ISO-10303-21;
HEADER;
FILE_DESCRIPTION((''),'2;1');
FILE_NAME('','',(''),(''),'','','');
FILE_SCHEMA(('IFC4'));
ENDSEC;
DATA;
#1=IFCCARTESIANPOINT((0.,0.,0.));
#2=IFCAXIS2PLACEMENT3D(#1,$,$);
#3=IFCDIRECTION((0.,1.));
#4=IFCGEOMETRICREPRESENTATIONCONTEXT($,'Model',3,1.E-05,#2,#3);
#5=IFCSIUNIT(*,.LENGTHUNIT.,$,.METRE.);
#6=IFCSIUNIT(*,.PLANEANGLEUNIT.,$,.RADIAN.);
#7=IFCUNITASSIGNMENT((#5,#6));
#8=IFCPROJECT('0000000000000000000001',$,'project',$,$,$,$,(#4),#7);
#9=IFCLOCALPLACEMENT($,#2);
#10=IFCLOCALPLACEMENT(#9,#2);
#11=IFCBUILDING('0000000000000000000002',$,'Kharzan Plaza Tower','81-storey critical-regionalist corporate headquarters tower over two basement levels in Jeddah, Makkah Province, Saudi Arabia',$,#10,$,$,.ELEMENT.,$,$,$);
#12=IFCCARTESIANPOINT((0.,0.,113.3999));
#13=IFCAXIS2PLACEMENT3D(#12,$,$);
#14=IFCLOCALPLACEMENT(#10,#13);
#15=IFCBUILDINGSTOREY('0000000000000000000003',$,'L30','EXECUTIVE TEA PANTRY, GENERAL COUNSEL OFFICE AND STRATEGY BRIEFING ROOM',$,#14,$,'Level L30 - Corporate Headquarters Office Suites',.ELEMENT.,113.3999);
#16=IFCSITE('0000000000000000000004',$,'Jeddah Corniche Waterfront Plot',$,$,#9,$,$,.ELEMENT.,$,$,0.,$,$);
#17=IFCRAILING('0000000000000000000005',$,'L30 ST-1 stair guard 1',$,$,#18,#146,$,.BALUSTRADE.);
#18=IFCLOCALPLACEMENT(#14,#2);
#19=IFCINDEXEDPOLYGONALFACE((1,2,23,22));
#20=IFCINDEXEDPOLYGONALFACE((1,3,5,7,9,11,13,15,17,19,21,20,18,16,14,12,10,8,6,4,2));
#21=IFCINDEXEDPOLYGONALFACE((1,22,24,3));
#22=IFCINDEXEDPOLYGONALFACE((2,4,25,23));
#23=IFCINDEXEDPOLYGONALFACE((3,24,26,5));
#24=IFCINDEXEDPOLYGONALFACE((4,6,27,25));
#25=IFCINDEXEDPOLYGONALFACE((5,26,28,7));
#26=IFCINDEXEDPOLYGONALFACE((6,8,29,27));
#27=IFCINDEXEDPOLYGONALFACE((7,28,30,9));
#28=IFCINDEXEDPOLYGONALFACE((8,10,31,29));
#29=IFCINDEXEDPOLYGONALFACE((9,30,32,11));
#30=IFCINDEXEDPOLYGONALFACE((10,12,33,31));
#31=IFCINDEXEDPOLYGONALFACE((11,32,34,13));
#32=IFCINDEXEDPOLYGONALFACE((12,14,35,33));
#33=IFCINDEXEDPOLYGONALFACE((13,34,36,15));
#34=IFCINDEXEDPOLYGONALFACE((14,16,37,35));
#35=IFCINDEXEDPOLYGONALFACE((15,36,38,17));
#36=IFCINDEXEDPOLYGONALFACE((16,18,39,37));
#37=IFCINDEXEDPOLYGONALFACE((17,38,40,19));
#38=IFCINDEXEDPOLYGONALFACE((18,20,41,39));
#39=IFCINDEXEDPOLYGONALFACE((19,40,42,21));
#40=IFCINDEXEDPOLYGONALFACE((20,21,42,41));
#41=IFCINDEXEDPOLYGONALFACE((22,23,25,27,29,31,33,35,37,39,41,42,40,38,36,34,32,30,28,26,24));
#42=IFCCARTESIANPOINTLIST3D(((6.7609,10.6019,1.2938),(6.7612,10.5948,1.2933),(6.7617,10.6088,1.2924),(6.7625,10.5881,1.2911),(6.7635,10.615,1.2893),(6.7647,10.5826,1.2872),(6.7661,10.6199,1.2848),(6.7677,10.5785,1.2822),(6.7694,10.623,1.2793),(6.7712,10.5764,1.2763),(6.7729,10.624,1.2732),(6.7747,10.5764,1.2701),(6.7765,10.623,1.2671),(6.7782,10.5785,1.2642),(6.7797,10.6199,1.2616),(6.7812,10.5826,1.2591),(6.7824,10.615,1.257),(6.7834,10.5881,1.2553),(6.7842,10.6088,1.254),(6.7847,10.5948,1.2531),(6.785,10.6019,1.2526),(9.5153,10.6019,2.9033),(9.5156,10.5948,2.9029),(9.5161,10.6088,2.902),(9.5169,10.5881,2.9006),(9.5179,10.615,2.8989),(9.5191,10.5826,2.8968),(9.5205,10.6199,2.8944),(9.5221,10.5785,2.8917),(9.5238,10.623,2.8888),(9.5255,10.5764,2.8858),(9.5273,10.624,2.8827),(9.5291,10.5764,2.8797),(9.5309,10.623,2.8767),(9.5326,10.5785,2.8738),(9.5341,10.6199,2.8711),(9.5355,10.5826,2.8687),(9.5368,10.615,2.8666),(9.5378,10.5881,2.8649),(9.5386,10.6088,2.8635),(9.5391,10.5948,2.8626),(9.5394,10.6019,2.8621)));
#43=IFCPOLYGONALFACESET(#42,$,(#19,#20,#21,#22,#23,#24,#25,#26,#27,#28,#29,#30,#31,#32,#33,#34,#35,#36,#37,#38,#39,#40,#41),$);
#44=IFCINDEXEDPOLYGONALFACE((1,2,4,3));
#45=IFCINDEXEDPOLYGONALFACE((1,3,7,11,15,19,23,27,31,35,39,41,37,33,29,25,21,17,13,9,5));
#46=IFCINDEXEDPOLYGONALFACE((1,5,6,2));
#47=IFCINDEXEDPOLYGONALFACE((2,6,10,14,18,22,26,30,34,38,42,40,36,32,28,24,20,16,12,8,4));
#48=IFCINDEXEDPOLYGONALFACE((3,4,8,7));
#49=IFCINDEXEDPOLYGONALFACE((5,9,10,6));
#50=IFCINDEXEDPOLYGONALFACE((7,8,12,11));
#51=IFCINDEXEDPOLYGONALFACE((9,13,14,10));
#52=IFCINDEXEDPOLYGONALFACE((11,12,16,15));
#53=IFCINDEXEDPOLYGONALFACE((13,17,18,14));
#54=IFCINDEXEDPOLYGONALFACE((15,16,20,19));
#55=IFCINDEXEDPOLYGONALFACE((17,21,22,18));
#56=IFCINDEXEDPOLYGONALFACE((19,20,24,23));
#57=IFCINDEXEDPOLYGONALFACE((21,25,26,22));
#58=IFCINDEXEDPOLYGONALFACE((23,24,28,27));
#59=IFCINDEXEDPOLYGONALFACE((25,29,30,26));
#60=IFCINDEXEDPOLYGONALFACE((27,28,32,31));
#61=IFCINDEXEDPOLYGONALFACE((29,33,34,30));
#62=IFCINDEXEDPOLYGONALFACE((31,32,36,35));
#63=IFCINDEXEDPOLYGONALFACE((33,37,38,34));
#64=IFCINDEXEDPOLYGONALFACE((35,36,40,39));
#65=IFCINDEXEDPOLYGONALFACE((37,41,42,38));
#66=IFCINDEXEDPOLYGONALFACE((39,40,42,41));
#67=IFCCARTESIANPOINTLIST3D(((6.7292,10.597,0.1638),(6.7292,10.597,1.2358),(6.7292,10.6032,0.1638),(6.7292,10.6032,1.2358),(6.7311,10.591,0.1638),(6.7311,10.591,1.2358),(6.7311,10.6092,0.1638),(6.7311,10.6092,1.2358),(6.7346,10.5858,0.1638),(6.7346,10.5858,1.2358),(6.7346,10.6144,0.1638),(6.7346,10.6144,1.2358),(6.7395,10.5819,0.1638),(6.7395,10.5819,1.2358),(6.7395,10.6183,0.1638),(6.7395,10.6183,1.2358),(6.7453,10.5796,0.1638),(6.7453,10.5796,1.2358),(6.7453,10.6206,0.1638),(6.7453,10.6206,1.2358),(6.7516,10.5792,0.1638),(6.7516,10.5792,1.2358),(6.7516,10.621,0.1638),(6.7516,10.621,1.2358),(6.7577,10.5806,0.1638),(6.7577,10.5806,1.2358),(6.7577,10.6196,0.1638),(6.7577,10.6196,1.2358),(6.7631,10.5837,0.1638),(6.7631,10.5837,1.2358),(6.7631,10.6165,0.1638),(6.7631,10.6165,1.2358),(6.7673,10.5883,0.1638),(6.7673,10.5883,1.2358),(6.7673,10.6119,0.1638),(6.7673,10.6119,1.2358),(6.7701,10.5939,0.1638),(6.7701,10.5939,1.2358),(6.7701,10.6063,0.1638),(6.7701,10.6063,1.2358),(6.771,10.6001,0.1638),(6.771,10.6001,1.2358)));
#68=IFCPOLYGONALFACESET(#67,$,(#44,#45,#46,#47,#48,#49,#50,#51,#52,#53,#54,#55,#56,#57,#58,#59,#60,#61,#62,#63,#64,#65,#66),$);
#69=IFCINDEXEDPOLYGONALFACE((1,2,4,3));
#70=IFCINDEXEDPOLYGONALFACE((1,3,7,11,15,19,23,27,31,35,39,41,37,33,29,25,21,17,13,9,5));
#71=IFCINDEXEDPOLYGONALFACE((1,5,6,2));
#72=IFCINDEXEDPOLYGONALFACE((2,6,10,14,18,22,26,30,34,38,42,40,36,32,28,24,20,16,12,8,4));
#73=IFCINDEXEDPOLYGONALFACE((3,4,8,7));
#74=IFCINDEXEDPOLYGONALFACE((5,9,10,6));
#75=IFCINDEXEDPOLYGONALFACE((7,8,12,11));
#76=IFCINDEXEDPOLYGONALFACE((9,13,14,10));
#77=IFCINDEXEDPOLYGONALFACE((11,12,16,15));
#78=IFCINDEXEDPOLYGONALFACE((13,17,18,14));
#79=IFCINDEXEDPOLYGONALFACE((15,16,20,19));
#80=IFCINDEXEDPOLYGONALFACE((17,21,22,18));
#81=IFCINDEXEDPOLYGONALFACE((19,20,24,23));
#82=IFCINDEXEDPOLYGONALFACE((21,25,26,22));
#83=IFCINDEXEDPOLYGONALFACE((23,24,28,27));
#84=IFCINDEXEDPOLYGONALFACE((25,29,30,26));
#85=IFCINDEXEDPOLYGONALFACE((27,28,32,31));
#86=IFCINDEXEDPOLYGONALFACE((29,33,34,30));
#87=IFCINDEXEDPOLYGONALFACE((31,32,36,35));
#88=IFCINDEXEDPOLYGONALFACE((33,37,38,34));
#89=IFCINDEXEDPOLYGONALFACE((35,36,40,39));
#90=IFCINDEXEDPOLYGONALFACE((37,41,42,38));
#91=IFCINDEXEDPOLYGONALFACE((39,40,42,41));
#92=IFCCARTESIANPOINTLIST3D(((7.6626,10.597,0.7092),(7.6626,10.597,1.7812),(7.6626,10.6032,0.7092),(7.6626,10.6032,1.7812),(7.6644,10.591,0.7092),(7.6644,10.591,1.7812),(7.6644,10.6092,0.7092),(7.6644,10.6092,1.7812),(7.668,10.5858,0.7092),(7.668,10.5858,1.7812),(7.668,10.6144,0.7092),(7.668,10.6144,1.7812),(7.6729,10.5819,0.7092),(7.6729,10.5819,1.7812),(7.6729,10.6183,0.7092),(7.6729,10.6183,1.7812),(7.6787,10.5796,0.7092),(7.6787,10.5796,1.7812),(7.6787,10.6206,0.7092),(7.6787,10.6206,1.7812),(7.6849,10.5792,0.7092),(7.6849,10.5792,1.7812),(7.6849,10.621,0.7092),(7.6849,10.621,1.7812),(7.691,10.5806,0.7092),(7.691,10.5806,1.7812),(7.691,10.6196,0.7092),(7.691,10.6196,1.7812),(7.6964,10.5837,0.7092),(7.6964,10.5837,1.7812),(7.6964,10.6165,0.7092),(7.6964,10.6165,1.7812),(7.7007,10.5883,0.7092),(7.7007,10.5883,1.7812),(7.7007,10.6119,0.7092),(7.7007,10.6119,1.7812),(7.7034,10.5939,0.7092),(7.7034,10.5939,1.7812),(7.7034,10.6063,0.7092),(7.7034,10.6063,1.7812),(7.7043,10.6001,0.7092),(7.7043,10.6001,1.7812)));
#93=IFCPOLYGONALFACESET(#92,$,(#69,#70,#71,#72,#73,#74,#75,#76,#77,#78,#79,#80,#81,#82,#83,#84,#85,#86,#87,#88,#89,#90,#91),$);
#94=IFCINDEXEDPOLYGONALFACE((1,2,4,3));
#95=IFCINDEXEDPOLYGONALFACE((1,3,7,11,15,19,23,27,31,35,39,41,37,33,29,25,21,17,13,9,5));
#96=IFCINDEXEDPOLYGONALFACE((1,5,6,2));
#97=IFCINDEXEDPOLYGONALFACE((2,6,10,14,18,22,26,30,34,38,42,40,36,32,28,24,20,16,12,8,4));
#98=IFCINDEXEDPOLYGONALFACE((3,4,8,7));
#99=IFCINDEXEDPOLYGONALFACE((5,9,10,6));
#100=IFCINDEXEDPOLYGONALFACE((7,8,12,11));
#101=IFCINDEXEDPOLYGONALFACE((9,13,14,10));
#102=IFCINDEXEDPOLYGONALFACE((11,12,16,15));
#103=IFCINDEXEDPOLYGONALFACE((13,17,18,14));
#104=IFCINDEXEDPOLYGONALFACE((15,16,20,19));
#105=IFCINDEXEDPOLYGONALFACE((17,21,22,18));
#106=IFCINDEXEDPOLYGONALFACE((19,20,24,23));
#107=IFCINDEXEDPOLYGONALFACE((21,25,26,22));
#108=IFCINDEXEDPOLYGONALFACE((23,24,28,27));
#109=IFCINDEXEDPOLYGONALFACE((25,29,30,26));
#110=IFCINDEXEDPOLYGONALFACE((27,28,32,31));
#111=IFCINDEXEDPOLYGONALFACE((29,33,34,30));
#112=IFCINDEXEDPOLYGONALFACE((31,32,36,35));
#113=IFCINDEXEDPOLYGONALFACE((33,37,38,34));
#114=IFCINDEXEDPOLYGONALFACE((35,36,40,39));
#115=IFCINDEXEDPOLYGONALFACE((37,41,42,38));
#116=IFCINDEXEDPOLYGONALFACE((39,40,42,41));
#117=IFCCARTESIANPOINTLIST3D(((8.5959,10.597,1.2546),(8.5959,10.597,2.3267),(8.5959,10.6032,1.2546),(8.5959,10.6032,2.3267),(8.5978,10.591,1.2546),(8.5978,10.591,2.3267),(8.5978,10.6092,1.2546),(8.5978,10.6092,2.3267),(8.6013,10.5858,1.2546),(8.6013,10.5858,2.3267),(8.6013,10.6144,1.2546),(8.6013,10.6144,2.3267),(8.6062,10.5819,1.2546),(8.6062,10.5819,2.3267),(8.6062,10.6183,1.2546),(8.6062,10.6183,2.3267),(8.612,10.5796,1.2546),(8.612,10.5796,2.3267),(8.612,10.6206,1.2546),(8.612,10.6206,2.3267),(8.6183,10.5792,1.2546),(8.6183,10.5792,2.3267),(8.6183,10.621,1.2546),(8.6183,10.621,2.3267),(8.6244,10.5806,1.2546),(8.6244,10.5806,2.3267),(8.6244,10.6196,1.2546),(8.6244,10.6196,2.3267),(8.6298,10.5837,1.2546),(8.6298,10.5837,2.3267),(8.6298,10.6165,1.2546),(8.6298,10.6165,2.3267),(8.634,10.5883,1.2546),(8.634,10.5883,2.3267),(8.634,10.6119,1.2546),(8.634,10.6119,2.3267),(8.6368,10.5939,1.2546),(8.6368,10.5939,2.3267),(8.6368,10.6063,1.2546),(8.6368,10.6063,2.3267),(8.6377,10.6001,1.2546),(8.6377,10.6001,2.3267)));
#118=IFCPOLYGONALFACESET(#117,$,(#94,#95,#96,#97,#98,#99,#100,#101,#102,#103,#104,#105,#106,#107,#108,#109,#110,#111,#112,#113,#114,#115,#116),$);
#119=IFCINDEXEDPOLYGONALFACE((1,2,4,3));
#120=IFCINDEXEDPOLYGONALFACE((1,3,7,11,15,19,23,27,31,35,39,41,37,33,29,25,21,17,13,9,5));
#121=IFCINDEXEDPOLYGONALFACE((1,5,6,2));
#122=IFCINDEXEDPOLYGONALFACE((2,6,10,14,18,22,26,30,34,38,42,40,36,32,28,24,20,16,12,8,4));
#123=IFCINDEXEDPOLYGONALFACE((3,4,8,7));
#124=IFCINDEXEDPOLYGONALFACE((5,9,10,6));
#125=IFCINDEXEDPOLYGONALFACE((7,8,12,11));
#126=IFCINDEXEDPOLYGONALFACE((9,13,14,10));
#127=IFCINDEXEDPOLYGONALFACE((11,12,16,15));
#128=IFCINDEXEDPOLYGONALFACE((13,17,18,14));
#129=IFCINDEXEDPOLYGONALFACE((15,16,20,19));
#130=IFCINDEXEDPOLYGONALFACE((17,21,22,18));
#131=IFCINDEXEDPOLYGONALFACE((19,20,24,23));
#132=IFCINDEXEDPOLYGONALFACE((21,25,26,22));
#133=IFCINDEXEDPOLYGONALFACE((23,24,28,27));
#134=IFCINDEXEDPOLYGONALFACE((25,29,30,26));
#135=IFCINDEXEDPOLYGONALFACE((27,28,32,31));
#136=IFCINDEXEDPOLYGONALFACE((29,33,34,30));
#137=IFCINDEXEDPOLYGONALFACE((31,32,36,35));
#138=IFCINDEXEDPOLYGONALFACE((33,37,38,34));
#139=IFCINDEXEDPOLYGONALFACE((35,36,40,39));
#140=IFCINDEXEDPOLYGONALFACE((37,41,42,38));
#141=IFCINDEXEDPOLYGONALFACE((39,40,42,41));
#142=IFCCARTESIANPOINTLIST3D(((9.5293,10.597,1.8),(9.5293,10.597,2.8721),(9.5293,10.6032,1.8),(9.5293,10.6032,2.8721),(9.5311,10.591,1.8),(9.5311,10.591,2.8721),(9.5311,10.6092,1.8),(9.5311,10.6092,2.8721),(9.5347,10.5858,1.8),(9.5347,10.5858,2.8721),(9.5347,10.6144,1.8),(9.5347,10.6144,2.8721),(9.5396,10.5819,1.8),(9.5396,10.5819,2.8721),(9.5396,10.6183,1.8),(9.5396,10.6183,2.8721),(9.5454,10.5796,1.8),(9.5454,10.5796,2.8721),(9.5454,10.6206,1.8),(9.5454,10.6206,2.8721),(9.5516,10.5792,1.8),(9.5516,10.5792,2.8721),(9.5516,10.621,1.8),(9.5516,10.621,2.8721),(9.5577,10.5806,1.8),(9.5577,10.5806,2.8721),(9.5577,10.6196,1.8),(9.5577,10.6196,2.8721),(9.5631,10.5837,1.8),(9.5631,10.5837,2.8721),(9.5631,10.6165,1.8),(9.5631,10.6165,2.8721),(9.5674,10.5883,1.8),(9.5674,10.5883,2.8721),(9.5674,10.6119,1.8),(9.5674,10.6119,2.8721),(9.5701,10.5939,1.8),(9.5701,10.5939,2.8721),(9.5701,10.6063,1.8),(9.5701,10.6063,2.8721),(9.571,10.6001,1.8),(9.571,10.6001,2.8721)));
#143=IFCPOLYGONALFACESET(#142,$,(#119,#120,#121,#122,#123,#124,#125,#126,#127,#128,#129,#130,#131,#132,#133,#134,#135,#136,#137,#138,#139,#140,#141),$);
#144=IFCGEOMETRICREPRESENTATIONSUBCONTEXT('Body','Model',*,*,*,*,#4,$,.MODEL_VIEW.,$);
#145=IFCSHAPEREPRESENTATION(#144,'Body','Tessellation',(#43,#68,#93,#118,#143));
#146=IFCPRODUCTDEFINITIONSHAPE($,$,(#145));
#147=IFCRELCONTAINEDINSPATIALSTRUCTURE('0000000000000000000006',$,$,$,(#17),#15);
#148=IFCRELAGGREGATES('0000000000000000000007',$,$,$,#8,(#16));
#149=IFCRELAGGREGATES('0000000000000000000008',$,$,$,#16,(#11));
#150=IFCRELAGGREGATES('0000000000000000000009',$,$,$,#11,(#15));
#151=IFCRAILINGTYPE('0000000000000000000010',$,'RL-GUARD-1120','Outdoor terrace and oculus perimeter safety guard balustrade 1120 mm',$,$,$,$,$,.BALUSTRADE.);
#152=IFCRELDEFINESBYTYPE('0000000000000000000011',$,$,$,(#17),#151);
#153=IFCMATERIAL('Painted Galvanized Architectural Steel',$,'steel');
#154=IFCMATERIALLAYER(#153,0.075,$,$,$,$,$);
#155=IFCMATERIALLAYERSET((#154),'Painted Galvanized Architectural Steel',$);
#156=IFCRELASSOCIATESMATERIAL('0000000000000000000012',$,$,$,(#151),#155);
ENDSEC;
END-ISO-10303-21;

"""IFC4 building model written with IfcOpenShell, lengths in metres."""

from ifc_helpers import new_model, si_unit, direction, frame, origin, origin_2d, place, context, subcontext, project, spatial, circle, extrude, source, transform, mapped, material, layer, layer_set, type_object, element, save


model = new_model("IFC4")

# Units and contexts
model_context = context("Model", 3, precision=1e-05, world=origin(), true_north=direction((0.0, 1.0)))
body_context = subcontext(model_context, "Body", "Model", "MODEL_VIEW")
ifc_project = project(units=[si_unit("LENGTHUNIT", "METRE"), si_unit("PLANEANGLEUNIT", "RADIAN")], contexts=[model_context])

# Site, building, storey
site_placement = place(None, origin())
site = spatial("IfcSite", under=ifc_project, at=site_placement, Name="Jeddah Corniche Waterfront Plot", CompositionType="ELEMENT", RefElevation=0.0)
building_placement = place(site_placement, origin())
building = spatial("IfcBuilding", under=site, at=building_placement, Name="Kharzan Plaza Tower", Description="81-storey critical-regionalist corporate headquarters tower over two basement levels in Jeddah, Makkah Province, Saudi Arabia", CompositionType="ELEMENT")
storey_placement = place(building_placement, frame((0.0, 0.0, 113.3999)))
storey = spatial("IfcBuildingStorey", under=building, at=storey_placement, Name="L30", Description="EXECUTIVE TEA PANTRY, GENERAL COUNSEL OFFICE AND STRATEGY BRIEFING ROOM", LongName="Level L30 - Corporate Headquarters Office Suites", CompositionType="ELEMENT", Elevation=113.3999)

# Shared definitions
ifc_material_1 = material(Name="Painted Galvanized Architectural Steel", Category="steel")
ifc_layer_1 = layer(ifc_material_1, 0.075)
ifc_layer_set_1 = layer_set([ifc_layer_1], Name="Painted Galvanized Architectural Steel")
railing_type = type_object("IfcRailingType", Name="RL-GUARD-1120", Description="Outdoor terrace and oculus perimeter safety guard balustrade 1120 mm", PredefinedType="BALUSTRADE", material=ifc_layer_set_1)

# Railing
shared_shape_1 = source(origin(), body_context, "Body", "SweptSolid", [
    extrude(circle(Radius=0.0239, at=origin_2d()), frame((0.0229, 0.0, 1.1094), z_axis=(0.863394, 0.0, 0.504531), x_axis=(0.0, 1.0, 0.0)), (0.0, 0.0, 1.0), 3.1902),
    extrude(circle(Radius=0.021, at=origin_2d()), origin(), (0.0, 0.0, 1.0), 1.072),
    extrude(circle(Radius=0.021, at=origin_2d()), frame((0.9333, 0.0, 0.5454)), (0.0, 0.0, 1.0), 1.072),
    extrude(circle(Radius=0.021, at=origin_2d()), frame((1.8667, 0.0, 1.0908)), (0.0, 0.0, 1.0), 1.072),
    extrude(circle(Radius=0.021, at=origin_2d()), frame((2.8, 0.0, 1.6362)), (0.0, 0.0, 1.0), 1.072),
])
railing_1_placement = place(storey_placement, frame((6.75, 10.6001, 0.1638)))
element("IfcRailing", 1, at=railing_1_placement, inside=storey, type_object=railing_type, Name="L30 ST-1 stair guard 1", PredefinedType="BALUSTRADE", context=body_context, shape_type="MappedRepresentation", body=[
    mapped(shared_shape_1, transform((0.0, 0.0, 0.0), x_axis=(1.0, 0.0, 0.0), y_axis=(0.0, 1.0, 0.0), z_axis=(0.0, 0.0, 1.0))),
])

save(model, "model.ifc")
